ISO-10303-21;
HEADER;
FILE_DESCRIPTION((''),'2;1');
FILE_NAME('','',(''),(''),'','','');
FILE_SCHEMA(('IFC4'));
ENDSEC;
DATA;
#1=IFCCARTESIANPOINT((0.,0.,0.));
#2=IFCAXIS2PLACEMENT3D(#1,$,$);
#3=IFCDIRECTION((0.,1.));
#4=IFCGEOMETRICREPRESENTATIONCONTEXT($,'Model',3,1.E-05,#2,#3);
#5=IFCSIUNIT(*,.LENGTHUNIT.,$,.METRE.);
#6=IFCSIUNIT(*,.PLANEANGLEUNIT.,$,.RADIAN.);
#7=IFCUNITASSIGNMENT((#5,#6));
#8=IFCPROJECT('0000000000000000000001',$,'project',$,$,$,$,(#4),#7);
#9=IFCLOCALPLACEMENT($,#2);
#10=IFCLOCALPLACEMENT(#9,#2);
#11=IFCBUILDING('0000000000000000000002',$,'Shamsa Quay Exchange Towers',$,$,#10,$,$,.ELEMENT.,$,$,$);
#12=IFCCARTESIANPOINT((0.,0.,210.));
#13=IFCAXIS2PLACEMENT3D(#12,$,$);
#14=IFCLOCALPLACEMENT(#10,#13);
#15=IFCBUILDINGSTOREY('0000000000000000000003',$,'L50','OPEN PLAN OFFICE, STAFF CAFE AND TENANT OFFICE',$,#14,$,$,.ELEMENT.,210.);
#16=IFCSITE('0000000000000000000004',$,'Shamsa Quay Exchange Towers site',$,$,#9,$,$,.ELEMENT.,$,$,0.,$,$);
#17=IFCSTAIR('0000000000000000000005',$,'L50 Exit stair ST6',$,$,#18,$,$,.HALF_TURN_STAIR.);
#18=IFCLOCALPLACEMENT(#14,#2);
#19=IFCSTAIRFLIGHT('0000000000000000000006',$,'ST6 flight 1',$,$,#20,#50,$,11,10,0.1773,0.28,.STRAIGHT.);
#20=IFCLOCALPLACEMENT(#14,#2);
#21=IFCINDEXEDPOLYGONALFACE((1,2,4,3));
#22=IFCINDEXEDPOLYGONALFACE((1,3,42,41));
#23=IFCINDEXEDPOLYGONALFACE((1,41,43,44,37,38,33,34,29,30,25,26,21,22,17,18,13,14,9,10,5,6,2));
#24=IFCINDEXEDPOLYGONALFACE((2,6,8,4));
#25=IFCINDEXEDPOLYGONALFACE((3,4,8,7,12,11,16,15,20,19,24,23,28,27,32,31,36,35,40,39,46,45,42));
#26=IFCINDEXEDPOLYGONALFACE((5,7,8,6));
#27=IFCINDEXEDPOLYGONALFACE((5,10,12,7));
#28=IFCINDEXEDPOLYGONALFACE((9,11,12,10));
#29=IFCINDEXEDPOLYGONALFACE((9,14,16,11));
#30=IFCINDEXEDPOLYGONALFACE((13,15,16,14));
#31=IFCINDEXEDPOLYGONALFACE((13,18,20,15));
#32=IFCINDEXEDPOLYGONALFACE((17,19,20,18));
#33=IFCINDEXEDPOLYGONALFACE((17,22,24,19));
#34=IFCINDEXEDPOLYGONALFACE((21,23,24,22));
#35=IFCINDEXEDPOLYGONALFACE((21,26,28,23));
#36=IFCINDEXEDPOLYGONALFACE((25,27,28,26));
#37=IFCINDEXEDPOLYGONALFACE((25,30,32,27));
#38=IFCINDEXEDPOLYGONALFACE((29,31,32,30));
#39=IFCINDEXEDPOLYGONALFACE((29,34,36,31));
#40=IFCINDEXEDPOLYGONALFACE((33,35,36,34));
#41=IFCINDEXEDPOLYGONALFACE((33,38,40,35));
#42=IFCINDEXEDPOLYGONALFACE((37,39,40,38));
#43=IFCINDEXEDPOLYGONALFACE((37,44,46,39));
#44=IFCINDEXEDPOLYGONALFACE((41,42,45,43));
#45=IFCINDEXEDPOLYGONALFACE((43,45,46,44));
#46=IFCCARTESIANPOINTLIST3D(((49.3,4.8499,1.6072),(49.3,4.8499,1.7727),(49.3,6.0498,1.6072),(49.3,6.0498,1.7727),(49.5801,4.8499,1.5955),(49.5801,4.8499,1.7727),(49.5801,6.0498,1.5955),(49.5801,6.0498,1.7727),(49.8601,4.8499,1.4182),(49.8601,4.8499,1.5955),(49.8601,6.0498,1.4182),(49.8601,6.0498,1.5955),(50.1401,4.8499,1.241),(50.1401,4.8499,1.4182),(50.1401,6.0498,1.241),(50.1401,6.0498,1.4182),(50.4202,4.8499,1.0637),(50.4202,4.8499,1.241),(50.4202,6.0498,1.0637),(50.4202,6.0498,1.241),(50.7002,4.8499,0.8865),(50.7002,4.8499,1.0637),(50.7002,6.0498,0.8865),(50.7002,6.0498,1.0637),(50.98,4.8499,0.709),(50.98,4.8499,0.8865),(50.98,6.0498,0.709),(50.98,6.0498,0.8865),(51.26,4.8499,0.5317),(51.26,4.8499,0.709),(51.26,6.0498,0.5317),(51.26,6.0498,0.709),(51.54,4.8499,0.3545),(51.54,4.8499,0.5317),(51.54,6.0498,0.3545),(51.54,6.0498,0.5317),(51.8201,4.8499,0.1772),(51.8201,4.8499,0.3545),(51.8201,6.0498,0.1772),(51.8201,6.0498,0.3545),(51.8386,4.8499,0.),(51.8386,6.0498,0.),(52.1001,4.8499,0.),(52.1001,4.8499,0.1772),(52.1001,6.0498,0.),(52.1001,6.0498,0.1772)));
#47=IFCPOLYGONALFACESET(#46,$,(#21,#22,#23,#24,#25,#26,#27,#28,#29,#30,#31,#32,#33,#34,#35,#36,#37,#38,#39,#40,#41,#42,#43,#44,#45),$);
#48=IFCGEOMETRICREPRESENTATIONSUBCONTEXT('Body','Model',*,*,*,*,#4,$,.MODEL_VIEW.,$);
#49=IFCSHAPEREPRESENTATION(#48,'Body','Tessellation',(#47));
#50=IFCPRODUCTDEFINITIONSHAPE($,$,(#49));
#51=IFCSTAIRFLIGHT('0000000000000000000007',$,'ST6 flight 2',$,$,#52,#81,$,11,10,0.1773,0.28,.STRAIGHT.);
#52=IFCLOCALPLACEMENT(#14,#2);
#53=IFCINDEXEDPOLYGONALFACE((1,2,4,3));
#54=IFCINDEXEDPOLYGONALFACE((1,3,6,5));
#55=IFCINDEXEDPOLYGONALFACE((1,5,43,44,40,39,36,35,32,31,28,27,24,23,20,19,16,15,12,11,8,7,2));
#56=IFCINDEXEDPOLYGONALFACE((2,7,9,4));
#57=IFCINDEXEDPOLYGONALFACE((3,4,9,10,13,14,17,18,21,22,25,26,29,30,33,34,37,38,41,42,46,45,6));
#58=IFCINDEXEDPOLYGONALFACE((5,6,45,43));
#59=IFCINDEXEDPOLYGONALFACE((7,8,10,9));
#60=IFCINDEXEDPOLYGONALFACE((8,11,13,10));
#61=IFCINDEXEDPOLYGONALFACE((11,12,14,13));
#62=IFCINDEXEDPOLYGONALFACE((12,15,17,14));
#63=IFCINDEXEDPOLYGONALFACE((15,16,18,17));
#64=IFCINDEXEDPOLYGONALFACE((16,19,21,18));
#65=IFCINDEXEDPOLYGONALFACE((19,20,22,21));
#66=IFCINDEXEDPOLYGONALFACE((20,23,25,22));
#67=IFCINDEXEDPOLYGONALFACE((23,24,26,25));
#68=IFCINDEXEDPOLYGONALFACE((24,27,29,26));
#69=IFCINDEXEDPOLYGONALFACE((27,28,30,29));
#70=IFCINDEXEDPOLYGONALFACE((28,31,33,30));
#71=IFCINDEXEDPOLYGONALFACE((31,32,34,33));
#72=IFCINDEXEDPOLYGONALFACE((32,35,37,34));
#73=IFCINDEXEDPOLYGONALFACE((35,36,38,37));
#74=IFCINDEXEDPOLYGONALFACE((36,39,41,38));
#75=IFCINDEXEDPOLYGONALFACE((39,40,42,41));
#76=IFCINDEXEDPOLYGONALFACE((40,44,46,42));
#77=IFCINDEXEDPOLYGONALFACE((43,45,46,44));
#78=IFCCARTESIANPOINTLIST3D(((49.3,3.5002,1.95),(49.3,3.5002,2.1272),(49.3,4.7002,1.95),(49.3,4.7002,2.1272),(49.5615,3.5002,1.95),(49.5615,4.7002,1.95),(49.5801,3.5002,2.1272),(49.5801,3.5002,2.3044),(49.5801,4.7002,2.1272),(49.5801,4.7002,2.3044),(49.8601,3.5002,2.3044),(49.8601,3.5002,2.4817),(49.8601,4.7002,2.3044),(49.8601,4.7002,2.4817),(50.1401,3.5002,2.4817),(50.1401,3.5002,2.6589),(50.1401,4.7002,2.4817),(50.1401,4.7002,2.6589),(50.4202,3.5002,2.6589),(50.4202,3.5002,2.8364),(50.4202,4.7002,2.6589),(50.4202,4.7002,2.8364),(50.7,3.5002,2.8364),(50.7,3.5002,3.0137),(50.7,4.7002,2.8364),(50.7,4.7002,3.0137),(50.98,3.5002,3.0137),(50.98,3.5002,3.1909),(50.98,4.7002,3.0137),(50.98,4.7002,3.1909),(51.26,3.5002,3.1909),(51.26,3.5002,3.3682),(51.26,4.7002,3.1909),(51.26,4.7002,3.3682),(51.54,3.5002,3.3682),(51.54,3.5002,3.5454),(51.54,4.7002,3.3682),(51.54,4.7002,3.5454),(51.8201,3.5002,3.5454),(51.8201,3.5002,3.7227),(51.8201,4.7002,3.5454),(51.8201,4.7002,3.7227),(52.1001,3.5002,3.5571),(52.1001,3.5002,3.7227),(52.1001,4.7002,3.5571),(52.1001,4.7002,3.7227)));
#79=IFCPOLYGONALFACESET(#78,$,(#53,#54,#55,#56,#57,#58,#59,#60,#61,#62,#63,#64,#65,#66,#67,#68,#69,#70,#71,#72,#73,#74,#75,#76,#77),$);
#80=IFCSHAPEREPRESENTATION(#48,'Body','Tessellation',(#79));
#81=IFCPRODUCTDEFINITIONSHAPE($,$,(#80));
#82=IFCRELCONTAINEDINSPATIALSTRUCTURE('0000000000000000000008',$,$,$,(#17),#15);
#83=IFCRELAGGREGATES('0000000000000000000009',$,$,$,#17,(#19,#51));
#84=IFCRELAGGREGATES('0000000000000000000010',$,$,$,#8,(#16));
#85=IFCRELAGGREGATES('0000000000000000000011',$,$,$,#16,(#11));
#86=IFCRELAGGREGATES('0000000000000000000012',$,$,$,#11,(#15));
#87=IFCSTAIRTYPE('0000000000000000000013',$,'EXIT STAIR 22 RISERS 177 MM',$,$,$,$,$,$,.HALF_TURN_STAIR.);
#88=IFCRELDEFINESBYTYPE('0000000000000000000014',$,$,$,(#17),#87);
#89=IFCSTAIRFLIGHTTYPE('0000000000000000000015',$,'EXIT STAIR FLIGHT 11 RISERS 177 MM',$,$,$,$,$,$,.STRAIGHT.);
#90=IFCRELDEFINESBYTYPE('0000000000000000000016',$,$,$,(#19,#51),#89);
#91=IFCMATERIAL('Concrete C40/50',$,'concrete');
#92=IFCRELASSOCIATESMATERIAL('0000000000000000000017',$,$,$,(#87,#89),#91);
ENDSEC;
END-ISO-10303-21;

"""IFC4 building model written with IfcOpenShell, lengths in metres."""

from ifc_helpers import new_model, si_unit, direction, frame, origin, place, context, subcontext, project, spatial, polyline, outline, extrude, material, type_object, element, aggregate, save


model = new_model("IFC4")

# Units and contexts
model_context = context("Model", 3, precision=1e-05, world=origin(), true_north=direction((0.0, 1.0)))
body_context = subcontext(model_context, "Body", "Model", "MODEL_VIEW")
ifc_project = project(units=[si_unit("LENGTHUNIT", "METRE"), si_unit("PLANEANGLEUNIT", "RADIAN")], contexts=[model_context])

# Site, building, storey
site_placement = place(None, origin())
site = spatial("IfcSite", under=ifc_project, at=site_placement, Name="Shamsa Quay Exchange Towers site", CompositionType="ELEMENT", RefElevation=0.0)
building_placement = place(site_placement, origin())
building = spatial("IfcBuilding", under=site, at=building_placement, Name="Shamsa Quay Exchange Towers", CompositionType="ELEMENT")
storey_placement = place(building_placement, frame((0.0, 0.0, 210.0)))
storey = spatial("IfcBuildingStorey", under=building, at=storey_placement, Name="L50", Description="OPEN PLAN OFFICE, STAFF CAFE AND TENANT OFFICE", CompositionType="ELEMENT", Elevation=210.0)

# Stair, stair flights
ifc_material_1 = material(Name="Concrete C40/50", Category="concrete")
stair_type = type_object("IfcStairType", Name="EXIT STAIR 22 RISERS 177 MM", PredefinedType="HALF_TURN_STAIR", material=ifc_material_1)
stair_placement = place(storey_placement, origin())
stair = element("IfcStair", 1, at=stair_placement, inside=storey, type_object=stair_type, Name="L50 Exit stair ST6", PredefinedType="HALF_TURN_STAIR")
stair_flight_type = type_object("IfcStairFlightType", Name="EXIT STAIR FLIGHT 11 RISERS 177 MM", PredefinedType="STRAIGHT", material=ifc_material_1)
stair_flight_1_placement = place(storey_placement, frame((52.1001, 5.45, 0.0), z_axis=(0.0, 0.0, 1.0), x_axis=(-1.0, 0.0, 0.0)))
stair_flight_1 = element("IfcStairFlight", 2, at=stair_flight_1_placement, type_object=stair_flight_type, Name="ST6 flight 1", NumberOfRisers=11, NumberOfTreads=10, PredefinedType="STRAIGHT", RiserHeight=0.1773, TreadLength=0.28, context=body_context, shape_type="SweptSolid", body=[
    extrude(outline(polyline([(0.0, 0.0), (0.0, 0.1772), (0.28, 0.1772), (0.28, 0.3545), (0.5601, 0.3545), (0.5601, 0.5317), (0.8401, 0.5317), (0.8401, 0.709), (1.1201, 0.709), (1.1201, 0.8865), (1.3999, 0.8865), (1.3999, 1.0637), (1.6799, 1.0637), (1.6799, 1.241), (1.96, 1.241), (1.96, 1.4182), (2.24, 1.4182), (2.24, 1.5955), (2.52, 1.5955), (2.52, 1.7727), (2.8, 1.7727), (2.8, 1.95), (2.8, 1.6072), (0.2615, 0.0), (0.0, 0.0)])), frame((0.0, 0.6001, 0.0), z_axis=(0.0, -1.0, 0.0), x_axis=(1.0, 0.0, 0.0)), (0.0, 0.0, 1.0), 1.2),
])
stair_flight_2_placement = place(storey_placement, frame((49.3, 4.1001, 1.95)))
stair_flight_2 = element("IfcStairFlight", 3, at=stair_flight_2_placement, type_object=stair_flight_type, Name="ST6 flight 2", NumberOfRisers=11, NumberOfTreads=10, PredefinedType="STRAIGHT", RiserHeight=0.1773, TreadLength=0.28, context=body_context, shape_type="SweptSolid", body=[
    extrude(outline(polyline([(0.0, 0.0), (0.0, 0.1772), (0.28, 0.1772), (0.28, 0.3545), (0.5601, 0.3545), (0.5601, 0.5317), (0.8401, 0.5317), (0.8401, 0.709), (1.1201, 0.709), (1.1201, 0.8865), (1.3999, 0.8865), (1.3999, 1.0637), (1.6799, 1.0637), (1.6799, 1.241), (1.96, 1.241), (1.96, 1.4182), (2.24, 1.4182), (2.24, 1.5955), (2.52, 1.5955), (2.52, 1.7727), (2.8, 1.7727), (2.8, 1.95), (2.8, 1.6072), (0.2615, 0.0), (0.0, 0.0)])), frame((0.0, 0.6001, 0.0), z_axis=(0.0, -1.0, 0.0), x_axis=(1.0, 0.0, 0.0)), (0.0, 0.0, 1.0), 1.2),
])
aggregate(stair, [stair_flight_1, stair_flight_2])

save(model, "model.ifc")
